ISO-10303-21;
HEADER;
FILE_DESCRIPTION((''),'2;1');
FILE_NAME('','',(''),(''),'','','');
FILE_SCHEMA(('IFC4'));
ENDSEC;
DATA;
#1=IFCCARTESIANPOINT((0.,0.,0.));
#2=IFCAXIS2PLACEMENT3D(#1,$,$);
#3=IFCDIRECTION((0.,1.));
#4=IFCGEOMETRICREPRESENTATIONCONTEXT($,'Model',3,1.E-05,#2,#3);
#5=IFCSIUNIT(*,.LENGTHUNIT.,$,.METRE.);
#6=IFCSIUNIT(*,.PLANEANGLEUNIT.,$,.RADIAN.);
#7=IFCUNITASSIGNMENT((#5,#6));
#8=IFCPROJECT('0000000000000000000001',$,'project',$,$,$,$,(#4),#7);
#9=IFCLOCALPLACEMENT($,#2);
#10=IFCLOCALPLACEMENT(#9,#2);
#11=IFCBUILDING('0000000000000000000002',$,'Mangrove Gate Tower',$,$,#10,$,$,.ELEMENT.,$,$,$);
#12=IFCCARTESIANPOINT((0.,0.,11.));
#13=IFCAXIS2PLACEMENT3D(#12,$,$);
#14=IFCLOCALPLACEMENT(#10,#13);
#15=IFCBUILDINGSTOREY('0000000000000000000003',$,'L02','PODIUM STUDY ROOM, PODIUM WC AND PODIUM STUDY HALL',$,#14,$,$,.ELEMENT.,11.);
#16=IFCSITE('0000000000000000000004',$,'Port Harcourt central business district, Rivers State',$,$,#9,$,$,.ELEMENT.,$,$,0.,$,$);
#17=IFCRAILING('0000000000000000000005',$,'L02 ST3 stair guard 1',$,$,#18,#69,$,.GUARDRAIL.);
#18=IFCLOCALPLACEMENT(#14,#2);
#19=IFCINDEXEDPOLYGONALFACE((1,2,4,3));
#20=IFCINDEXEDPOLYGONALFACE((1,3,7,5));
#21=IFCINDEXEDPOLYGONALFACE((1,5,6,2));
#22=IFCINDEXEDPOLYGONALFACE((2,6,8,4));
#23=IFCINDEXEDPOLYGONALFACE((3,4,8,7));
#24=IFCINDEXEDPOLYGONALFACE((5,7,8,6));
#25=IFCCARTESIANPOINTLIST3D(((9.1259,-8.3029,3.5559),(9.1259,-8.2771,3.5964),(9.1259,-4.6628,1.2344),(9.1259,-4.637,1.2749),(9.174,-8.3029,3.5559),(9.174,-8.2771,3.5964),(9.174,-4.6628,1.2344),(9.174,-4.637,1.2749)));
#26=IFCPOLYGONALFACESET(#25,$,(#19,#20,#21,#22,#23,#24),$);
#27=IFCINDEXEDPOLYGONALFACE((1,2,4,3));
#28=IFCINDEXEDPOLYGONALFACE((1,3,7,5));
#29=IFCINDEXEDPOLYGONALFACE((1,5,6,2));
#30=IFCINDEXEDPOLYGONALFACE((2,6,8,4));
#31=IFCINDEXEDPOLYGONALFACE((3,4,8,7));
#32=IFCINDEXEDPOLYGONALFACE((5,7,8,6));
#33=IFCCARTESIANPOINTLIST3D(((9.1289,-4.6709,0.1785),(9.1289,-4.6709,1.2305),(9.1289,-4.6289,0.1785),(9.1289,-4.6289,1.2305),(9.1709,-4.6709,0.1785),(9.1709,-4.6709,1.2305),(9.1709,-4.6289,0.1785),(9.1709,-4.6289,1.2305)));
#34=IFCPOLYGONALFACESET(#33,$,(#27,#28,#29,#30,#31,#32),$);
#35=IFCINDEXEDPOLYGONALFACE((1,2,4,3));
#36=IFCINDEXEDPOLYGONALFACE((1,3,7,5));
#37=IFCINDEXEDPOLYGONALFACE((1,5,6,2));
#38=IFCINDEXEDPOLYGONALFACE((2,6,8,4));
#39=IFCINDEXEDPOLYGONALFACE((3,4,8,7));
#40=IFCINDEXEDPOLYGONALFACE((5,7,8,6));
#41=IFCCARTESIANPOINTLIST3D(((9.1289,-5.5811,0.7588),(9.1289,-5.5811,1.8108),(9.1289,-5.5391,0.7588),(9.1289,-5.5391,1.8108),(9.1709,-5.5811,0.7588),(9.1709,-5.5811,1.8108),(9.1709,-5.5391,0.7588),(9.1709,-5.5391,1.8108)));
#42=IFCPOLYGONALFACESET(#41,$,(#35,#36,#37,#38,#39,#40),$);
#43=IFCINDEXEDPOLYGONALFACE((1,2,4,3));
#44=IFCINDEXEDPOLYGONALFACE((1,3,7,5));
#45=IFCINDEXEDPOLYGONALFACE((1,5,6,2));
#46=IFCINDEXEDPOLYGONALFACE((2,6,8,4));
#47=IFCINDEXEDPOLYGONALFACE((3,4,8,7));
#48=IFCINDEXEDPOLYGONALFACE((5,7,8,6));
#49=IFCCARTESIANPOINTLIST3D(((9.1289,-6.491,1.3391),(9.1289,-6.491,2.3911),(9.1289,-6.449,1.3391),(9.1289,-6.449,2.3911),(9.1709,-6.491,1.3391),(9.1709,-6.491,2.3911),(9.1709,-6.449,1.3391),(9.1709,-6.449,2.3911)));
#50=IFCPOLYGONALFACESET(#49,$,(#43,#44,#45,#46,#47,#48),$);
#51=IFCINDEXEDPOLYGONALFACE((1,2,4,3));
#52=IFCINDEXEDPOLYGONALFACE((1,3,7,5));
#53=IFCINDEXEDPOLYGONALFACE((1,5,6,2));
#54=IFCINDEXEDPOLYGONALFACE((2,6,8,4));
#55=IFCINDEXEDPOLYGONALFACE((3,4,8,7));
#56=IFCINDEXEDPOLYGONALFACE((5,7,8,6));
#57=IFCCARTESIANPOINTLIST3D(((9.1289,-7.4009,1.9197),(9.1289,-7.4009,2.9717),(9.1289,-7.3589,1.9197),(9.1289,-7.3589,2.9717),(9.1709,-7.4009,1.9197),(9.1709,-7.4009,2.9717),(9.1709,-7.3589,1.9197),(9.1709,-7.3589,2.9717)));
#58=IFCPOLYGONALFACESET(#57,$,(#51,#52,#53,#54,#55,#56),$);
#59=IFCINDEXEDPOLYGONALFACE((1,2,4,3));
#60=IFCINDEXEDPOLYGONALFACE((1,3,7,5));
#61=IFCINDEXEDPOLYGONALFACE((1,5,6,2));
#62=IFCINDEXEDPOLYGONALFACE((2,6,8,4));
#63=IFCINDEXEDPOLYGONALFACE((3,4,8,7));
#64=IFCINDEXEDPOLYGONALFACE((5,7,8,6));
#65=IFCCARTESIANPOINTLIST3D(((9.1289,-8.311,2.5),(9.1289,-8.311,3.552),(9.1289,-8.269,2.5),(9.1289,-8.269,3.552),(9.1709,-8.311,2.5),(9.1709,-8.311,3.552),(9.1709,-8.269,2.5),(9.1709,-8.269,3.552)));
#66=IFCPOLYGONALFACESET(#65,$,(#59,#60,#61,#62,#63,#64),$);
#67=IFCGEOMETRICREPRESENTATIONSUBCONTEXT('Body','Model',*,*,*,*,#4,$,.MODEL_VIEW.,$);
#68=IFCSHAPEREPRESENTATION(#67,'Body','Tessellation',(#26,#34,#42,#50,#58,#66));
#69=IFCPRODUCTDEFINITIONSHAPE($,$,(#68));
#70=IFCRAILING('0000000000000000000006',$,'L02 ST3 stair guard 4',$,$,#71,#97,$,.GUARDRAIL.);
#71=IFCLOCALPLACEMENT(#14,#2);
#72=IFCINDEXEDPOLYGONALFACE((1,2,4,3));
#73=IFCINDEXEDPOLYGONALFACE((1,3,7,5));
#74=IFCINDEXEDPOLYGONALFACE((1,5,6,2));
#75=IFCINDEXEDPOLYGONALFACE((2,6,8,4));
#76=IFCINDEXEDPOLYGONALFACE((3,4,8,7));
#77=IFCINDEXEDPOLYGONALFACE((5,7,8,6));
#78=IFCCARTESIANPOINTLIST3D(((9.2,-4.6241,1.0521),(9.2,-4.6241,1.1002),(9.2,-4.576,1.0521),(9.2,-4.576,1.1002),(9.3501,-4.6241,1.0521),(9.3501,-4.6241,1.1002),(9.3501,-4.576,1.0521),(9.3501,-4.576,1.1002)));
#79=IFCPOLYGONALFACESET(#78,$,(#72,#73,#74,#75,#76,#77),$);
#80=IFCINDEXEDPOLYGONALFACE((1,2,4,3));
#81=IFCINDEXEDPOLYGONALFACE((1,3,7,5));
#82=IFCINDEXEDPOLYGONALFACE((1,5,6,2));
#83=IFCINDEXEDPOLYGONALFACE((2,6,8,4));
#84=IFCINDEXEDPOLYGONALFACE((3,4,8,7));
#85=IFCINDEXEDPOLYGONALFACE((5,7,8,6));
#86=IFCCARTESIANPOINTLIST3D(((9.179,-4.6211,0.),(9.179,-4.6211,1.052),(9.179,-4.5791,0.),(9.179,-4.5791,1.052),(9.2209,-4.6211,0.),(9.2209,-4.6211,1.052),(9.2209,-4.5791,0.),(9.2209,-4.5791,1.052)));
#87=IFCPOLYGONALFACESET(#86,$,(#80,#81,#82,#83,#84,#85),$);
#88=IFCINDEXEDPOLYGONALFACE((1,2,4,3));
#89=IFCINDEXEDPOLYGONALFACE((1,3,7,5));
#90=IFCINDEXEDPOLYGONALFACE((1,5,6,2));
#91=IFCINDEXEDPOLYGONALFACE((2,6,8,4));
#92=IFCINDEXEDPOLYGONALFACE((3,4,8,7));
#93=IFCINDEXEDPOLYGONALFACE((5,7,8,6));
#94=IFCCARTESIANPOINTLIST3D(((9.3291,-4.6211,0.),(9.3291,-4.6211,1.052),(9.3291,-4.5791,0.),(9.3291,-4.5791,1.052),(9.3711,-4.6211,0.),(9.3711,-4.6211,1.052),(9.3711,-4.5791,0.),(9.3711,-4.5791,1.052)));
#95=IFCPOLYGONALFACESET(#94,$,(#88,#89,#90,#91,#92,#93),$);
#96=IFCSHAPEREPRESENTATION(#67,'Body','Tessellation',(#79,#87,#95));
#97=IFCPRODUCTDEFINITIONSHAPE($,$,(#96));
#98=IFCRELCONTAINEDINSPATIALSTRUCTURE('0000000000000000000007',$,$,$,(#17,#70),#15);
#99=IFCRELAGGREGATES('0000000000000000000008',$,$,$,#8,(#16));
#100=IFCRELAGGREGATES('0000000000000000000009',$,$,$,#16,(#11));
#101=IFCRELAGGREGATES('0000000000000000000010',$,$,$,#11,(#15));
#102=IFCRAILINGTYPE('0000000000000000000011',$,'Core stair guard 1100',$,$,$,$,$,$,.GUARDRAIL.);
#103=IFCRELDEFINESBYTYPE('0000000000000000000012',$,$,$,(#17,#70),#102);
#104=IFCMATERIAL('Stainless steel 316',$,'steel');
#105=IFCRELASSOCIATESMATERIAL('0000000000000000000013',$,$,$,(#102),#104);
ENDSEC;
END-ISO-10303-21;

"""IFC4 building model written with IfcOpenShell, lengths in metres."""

from ifc_helpers import new_model, si_unit, direction, frame, origin, origin_2d, place, context, subcontext, project, spatial, rectangle, extrude, material, type_object, element, save


model = new_model("IFC4")

# Units and contexts
model_context = context("Model", 3, precision=1e-05, world=origin(), true_north=direction((0.0, 1.0)))
body_context = subcontext(model_context, "Body", "Model", "MODEL_VIEW")
ifc_project = project(units=[si_unit("LENGTHUNIT", "METRE"), si_unit("PLANEANGLEUNIT", "RADIAN")], contexts=[model_context])

# Site, building, storey
site_placement = place(None, origin())
site = spatial("IfcSite", under=ifc_project, at=site_placement, Name="Port Harcourt central business district, Rivers State", CompositionType="ELEMENT", RefElevation=0.0)
building_placement = place(site_placement, origin())
building = spatial("IfcBuilding", under=site, at=building_placement, Name="Mangrove Gate Tower", CompositionType="ELEMENT")
storey_placement = place(building_placement, frame((0.0, 0.0, 11.0)))
storey = spatial("IfcBuildingStorey", under=building, at=storey_placement, Name="L02", Description="PODIUM STUDY ROOM, PODIUM WC AND PODIUM STUDY HALL", CompositionType="ELEMENT", Elevation=11.0)

# Railings
ifc_material_1 = material(Name="Stainless steel 316", Category="steel")
railing_type_1 = type_object("IfcRailingType", Name="Core stair guard 1100", PredefinedType="GUARDRAIL", material=ifc_material_1)
railing_1_placement = place(storey_placement, frame((9.1499, -4.6499, 0.1785)))
element("IfcRailing", 1, at=railing_1_placement, inside=storey, type_object=railing_type_1, Name="L02 ST3 stair guard 1", PredefinedType="GUARDRAIL", context=body_context, shape_type="SweptSolid", body=[
    extrude(rectangle(XDim=0.0481, YDim=0.0481, at=origin_2d()), frame((0.0, 0.0, 1.0762), z_axis=(0.0, -0.843128, 0.537713), x_axis=(1.0, 0.0, 0.0)), (0.0, 0.0, 1.0), 4.3174),
    extrude(rectangle(XDim=0.042, YDim=0.042, at=origin_2d()), origin(), (0.0, 0.0, 1.0), 1.052),
    extrude(rectangle(XDim=0.042, YDim=0.042, at=origin_2d()), frame((0.0, -0.9102, 0.5803)), (0.0, 0.0, 1.0), 1.052),
    extrude(rectangle(XDim=0.042, YDim=0.042, at=origin_2d()), frame((0.0, -1.8201, 1.1606)), (0.0, 0.0, 1.0), 1.052),
    extrude(rectangle(XDim=0.042, YDim=0.042, at=origin_2d()), frame((0.0, -2.73, 1.7412)), (0.0, 0.0, 1.0), 1.052),
    extrude(rectangle(XDim=0.042, YDim=0.042, at=origin_2d()), frame((0.0, -3.6401, 2.3215)), (0.0, 0.0, 1.0), 1.052),
])
railing_2_placement = place(storey_placement, frame((9.2, -4.6001, 0.0)))
element("IfcRailing", 2, at=railing_2_placement, inside=storey, type_object=railing_type_1, Name="L02 ST3 stair guard 4", PredefinedType="GUARDRAIL", context=body_context, shape_type="SweptSolid", body=[
    extrude(rectangle(XDim=0.0481, YDim=0.0481, at=origin_2d()), frame((0.0, 0.0, 1.0762), z_axis=(1.0, 0.0, 0.0), x_axis=(0.0, 1.0, 0.0)), (0.0, 0.0, 1.0), 0.1501),
    extrude(rectangle(XDim=0.042, YDim=0.042, at=origin_2d()), origin(), (0.0, 0.0, 1.0), 1.052),
    extrude(rectangle(XDim=0.042, YDim=0.042, at=origin_2d()), frame((0.1501, 0.0, 0.0)), (0.0, 0.0, 1.0), 1.052),
])

save(model, "model.ifc")
